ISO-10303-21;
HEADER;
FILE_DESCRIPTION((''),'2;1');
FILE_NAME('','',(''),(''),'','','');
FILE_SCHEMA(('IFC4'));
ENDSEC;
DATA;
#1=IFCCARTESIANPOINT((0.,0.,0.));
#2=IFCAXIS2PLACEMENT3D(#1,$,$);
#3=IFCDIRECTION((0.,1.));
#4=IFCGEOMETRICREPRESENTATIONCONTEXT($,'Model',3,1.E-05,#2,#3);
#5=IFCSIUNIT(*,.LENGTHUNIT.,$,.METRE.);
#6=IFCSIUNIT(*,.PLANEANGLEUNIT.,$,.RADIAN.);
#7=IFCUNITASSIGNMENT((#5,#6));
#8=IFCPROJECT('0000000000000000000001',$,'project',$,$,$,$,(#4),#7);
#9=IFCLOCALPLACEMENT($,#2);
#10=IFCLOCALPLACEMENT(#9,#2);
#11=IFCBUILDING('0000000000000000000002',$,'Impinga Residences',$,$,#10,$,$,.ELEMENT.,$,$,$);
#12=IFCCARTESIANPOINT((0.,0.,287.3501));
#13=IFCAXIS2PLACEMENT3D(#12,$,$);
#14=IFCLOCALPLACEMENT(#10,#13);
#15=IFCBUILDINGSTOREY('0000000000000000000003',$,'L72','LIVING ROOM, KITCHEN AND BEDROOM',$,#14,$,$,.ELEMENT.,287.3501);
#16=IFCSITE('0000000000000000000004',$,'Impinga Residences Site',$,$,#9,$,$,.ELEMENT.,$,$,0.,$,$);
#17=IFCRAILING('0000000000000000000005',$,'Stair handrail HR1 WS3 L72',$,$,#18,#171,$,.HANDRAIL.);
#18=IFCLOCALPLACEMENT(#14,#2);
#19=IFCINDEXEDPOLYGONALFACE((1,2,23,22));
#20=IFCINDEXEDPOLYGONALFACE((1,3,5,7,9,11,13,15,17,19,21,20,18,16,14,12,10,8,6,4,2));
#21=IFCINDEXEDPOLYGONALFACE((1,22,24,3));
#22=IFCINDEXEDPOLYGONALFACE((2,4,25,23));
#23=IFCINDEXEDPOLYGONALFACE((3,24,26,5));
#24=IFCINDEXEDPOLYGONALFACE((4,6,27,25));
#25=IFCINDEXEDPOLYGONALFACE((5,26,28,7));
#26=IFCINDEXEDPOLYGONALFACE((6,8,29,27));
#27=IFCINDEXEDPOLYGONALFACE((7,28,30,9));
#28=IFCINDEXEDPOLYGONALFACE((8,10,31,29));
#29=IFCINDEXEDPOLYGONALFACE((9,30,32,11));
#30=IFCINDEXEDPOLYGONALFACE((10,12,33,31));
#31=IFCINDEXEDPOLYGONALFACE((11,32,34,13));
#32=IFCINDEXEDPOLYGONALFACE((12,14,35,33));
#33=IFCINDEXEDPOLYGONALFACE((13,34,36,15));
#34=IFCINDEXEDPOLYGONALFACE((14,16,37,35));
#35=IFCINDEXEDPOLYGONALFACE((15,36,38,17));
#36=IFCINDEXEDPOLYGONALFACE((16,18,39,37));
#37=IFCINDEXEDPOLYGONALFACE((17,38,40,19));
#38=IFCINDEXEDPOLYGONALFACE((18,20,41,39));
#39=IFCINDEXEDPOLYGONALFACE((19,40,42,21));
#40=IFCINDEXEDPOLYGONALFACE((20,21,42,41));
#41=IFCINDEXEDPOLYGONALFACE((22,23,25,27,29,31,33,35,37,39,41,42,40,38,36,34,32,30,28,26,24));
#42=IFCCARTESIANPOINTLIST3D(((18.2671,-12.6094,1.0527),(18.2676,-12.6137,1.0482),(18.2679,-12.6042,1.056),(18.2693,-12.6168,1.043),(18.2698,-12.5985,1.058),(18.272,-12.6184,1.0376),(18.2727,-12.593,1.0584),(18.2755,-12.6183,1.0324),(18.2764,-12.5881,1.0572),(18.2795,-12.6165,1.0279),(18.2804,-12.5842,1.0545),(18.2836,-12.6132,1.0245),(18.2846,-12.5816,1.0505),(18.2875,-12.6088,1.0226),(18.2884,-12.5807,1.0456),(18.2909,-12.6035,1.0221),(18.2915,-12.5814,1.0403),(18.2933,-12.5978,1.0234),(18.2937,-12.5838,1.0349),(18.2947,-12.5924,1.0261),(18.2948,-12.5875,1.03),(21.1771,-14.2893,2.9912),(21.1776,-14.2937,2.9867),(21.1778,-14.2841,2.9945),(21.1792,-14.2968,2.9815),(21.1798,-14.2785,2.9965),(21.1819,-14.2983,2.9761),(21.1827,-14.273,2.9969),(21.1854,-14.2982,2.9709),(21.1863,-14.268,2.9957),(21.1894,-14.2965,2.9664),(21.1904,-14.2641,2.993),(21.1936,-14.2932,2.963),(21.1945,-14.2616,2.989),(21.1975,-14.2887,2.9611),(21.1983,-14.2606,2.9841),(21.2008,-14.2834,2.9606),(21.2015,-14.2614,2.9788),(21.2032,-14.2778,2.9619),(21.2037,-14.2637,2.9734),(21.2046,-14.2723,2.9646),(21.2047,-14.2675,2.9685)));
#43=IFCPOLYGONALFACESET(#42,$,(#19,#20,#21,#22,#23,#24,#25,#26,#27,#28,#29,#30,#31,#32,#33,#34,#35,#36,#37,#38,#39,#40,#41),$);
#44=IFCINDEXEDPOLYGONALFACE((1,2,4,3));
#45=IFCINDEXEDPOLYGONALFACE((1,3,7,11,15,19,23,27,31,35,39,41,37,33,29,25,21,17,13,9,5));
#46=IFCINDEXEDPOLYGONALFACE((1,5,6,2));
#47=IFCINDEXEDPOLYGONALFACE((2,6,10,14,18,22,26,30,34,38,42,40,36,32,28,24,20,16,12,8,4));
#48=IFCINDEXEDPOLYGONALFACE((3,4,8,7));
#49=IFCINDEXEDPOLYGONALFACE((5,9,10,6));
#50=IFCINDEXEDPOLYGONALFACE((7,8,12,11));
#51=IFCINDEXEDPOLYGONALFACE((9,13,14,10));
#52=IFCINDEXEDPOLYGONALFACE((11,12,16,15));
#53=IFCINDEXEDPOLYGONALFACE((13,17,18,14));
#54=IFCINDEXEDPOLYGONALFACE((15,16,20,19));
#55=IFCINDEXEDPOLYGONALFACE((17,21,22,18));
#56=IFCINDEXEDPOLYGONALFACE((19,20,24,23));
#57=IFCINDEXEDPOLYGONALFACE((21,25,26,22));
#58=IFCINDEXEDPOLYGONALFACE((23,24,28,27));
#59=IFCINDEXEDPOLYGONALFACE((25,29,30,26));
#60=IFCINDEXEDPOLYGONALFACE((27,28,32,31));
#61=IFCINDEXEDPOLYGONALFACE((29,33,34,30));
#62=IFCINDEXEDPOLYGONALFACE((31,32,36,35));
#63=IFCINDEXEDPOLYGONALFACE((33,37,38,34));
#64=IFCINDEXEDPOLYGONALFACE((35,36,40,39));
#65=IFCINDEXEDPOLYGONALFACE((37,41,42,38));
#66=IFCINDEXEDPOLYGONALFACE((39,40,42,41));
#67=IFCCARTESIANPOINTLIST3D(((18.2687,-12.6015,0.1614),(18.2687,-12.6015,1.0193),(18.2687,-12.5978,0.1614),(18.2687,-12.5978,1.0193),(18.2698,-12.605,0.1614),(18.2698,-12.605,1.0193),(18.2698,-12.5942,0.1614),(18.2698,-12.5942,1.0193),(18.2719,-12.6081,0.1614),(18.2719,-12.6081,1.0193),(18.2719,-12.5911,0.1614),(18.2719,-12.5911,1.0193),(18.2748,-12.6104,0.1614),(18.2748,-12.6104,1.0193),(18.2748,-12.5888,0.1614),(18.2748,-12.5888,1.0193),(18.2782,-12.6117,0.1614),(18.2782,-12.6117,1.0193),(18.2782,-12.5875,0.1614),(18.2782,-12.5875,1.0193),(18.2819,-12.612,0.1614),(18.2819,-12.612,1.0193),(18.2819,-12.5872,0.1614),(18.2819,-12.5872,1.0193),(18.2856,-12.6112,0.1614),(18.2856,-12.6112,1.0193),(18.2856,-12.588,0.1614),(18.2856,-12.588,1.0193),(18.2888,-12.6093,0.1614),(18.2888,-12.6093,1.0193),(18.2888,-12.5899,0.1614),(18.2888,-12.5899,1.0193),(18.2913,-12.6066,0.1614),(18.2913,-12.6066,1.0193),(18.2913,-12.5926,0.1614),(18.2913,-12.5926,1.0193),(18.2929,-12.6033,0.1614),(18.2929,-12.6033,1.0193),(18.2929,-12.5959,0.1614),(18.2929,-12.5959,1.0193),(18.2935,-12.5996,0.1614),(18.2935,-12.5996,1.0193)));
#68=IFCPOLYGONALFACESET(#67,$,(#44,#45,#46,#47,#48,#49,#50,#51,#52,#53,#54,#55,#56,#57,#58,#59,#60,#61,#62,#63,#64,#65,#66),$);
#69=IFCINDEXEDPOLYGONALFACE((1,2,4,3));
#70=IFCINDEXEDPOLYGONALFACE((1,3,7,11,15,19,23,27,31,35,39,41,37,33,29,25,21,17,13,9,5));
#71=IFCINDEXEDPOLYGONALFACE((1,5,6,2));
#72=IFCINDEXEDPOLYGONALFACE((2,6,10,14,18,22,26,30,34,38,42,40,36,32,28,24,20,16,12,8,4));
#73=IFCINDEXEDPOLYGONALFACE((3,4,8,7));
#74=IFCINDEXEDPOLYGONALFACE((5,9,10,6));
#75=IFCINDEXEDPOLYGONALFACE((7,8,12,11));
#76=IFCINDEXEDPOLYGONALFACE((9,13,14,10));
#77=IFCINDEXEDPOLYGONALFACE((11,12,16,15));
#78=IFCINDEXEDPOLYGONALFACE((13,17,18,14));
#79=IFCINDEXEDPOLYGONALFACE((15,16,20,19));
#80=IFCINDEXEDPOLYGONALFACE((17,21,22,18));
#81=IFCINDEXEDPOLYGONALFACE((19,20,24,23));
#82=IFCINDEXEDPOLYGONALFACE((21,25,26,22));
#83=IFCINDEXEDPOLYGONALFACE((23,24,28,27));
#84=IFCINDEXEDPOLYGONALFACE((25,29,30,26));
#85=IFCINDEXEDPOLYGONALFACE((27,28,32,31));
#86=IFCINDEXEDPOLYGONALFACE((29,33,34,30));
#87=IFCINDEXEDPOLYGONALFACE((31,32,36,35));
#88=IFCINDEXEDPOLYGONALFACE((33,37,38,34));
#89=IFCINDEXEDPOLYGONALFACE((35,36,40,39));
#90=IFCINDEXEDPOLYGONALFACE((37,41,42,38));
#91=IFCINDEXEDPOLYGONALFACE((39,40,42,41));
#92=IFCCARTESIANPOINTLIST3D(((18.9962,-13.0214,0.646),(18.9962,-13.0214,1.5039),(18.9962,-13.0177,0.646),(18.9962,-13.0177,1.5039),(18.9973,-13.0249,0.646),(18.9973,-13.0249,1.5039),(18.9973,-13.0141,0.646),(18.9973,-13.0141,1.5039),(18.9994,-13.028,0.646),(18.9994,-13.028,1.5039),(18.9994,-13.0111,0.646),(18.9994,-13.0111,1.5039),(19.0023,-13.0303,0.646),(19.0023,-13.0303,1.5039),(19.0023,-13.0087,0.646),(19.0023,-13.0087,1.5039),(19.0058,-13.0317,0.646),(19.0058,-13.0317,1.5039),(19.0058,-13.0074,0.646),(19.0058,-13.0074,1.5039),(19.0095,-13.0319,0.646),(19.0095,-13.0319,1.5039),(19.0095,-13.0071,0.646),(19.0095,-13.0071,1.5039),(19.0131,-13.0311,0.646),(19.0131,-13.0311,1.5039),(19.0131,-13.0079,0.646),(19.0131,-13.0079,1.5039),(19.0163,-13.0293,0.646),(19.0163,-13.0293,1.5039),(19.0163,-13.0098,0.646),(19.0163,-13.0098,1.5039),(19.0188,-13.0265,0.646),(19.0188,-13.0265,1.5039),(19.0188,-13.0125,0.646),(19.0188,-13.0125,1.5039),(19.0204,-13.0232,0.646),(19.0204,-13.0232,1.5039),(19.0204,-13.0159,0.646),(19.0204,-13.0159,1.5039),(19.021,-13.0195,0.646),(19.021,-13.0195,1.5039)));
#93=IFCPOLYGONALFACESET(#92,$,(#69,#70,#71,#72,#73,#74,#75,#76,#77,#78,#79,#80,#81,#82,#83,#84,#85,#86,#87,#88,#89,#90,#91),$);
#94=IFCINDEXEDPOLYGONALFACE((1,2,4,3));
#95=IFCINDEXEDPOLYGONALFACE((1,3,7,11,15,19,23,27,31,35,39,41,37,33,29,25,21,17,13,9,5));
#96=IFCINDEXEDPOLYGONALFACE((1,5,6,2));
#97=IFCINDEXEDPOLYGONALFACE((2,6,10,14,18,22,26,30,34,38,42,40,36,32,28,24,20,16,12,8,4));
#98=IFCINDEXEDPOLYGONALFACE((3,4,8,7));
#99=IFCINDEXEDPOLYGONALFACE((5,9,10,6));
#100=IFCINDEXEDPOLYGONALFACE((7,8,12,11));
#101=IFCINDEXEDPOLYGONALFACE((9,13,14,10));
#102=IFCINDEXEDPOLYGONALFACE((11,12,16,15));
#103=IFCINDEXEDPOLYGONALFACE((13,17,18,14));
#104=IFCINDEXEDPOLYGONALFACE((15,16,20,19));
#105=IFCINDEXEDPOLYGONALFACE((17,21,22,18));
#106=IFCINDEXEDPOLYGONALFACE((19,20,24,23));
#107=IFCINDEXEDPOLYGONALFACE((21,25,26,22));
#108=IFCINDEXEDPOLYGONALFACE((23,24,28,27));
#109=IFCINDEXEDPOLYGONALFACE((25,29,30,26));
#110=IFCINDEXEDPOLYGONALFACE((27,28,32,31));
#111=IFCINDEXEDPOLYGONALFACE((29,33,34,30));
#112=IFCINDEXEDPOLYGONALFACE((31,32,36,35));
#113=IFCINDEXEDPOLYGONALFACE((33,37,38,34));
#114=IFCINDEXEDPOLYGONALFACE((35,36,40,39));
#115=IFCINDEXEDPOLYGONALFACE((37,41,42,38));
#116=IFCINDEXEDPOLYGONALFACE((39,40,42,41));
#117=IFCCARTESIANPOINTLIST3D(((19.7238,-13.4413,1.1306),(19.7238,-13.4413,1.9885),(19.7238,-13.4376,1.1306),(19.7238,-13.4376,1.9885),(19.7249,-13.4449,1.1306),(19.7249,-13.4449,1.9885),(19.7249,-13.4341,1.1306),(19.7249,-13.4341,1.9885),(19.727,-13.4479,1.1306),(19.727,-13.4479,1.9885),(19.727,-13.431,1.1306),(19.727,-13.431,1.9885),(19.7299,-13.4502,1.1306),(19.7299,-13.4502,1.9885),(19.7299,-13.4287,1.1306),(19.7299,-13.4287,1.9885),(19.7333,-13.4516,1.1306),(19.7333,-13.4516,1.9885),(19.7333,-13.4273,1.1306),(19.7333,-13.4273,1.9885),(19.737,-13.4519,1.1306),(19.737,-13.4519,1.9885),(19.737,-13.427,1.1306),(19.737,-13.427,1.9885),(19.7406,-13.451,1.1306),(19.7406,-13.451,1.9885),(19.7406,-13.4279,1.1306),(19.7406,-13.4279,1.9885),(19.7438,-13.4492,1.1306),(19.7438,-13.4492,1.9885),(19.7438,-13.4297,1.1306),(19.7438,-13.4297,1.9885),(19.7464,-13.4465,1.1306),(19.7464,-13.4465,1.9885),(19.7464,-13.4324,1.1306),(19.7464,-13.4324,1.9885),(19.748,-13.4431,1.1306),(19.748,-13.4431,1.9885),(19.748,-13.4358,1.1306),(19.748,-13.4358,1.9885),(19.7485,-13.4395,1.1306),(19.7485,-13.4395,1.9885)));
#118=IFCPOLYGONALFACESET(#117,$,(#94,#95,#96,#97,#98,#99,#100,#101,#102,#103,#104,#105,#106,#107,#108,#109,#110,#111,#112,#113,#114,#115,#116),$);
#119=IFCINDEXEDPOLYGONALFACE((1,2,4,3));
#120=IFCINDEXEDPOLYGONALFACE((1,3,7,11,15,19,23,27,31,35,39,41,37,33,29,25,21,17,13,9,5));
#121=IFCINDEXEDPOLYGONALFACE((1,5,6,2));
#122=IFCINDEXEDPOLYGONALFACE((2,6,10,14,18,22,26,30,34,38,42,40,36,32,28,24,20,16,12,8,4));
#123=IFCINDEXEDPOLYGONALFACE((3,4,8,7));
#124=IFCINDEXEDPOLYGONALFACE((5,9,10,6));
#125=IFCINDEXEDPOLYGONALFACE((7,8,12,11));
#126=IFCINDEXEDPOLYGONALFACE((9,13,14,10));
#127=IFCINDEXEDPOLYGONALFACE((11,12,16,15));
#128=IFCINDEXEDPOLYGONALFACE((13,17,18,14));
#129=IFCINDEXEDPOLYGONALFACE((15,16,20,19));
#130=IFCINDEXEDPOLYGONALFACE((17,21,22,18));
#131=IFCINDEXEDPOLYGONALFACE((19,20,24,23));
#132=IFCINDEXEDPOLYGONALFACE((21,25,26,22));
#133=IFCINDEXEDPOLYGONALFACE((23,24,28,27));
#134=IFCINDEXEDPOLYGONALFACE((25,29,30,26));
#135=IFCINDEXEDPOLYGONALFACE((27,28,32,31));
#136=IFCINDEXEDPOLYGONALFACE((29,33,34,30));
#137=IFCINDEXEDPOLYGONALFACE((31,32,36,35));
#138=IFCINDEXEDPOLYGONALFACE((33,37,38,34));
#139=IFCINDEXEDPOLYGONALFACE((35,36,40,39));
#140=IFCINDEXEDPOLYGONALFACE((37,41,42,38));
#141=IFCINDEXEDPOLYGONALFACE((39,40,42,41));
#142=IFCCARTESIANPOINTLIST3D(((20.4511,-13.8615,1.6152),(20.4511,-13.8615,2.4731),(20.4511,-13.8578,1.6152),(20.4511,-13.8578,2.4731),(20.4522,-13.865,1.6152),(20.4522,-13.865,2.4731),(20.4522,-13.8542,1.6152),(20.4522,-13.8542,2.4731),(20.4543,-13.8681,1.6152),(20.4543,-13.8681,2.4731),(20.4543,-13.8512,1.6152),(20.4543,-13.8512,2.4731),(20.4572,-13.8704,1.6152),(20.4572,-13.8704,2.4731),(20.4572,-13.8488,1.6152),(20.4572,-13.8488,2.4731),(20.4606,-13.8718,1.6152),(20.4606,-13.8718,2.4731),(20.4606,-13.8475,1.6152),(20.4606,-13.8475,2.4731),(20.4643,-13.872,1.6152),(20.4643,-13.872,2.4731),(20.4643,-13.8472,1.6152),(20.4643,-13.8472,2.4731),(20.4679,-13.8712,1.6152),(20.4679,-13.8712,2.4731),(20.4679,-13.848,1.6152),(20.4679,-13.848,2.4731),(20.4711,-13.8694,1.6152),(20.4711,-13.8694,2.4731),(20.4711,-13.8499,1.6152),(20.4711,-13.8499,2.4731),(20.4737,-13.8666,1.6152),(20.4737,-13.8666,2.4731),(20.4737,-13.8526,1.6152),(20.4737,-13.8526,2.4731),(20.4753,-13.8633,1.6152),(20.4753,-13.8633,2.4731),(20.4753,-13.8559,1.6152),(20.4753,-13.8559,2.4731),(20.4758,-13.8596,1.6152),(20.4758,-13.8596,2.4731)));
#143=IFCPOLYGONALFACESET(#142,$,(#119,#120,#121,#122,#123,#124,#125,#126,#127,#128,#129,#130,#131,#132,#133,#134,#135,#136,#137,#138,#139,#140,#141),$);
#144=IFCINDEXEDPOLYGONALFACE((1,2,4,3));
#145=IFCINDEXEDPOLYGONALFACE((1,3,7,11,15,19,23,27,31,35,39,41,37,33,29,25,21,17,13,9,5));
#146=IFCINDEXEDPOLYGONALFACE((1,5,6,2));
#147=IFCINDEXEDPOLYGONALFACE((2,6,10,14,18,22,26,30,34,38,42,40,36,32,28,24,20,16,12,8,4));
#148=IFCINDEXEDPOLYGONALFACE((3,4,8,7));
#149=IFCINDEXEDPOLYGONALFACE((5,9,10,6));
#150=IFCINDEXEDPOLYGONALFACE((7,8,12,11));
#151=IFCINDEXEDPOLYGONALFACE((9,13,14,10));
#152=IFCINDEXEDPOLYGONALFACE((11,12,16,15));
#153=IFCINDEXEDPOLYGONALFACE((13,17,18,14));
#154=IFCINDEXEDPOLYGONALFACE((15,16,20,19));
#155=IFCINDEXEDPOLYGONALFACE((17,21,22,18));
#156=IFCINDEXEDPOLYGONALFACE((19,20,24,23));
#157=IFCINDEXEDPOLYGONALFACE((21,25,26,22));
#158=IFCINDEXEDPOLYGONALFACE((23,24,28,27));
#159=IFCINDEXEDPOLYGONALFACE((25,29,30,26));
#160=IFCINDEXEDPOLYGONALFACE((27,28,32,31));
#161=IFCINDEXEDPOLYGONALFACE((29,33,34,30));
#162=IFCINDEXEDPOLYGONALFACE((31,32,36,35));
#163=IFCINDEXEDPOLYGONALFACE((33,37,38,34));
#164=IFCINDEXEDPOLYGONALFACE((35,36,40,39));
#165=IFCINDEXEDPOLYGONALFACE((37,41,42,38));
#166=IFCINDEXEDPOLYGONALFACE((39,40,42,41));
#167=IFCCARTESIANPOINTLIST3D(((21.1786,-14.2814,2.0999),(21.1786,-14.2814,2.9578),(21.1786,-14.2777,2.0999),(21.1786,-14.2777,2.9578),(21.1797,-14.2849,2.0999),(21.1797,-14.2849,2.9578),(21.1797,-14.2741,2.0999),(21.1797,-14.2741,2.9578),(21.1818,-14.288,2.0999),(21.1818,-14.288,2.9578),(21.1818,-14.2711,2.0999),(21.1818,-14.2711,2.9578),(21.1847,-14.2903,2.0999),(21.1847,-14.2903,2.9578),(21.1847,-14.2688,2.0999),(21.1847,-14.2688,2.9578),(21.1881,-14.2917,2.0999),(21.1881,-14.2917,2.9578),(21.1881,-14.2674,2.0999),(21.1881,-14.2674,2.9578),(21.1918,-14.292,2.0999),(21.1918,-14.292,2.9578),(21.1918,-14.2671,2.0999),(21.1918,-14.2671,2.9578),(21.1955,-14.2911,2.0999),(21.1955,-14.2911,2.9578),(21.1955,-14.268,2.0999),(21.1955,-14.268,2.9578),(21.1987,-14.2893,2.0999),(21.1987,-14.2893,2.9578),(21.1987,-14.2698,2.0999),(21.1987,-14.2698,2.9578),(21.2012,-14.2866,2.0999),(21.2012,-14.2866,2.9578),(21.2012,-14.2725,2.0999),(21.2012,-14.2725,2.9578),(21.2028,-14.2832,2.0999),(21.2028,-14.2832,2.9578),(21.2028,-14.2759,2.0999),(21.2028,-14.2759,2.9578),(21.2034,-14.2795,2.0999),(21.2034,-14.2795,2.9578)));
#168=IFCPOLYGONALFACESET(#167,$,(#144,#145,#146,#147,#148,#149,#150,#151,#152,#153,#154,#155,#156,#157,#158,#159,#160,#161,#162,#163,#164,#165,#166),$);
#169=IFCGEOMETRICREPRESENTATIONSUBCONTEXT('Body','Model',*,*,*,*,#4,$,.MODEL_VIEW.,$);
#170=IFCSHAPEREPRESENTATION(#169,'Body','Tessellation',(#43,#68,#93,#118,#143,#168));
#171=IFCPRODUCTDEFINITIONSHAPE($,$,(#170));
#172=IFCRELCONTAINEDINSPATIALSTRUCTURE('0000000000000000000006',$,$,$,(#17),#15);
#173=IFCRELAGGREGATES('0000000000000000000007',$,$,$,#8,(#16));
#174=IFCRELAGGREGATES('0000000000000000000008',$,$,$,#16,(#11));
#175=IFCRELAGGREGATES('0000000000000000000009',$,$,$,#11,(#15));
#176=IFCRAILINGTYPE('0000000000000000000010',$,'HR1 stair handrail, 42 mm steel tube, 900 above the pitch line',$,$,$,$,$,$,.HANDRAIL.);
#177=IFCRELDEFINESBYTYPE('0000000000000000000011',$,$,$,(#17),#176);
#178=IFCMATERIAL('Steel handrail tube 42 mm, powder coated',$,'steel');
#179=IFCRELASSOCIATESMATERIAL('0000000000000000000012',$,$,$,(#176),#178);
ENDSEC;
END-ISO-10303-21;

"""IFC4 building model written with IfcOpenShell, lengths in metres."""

from ifc_helpers import new_model, si_unit, direction, frame, origin, origin_2d, place, context, subcontext, project, spatial, circle, extrude, material, type_object, element, save


model = new_model("IFC4")

# Units and contexts
model_context = context("Model", 3, precision=1e-05, world=origin(), true_north=direction((0.0, 1.0)))
body_context = subcontext(model_context, "Body", "Model", "MODEL_VIEW")
ifc_project = project(units=[si_unit("LENGTHUNIT", "METRE"), si_unit("PLANEANGLEUNIT", "RADIAN")], contexts=[model_context])

# Site, building, storey
site_placement = place(None, origin())
site = spatial("IfcSite", under=ifc_project, at=site_placement, Name="Impinga Residences Site", CompositionType="ELEMENT", RefElevation=0.0)
building_placement = place(site_placement, origin())
building = spatial("IfcBuilding", under=site, at=building_placement, Name="Impinga Residences", CompositionType="ELEMENT")
storey_placement = place(building_placement, frame((0.0, 0.0, 287.3501)))
storey = spatial("IfcBuildingStorey", under=building, at=storey_placement, Name="L72", Description="LIVING ROOM, KITCHEN AND BEDROOM", CompositionType="ELEMENT", Elevation=287.3501)

# Railing
ifc_material_1 = material(Name="Steel handrail tube 42 mm, powder coated", Category="steel")
railing_type_1 = type_object("IfcRailingType", Name="HR1 stair handrail, 42 mm steel tube, 900 above the pitch line", PredefinedType="HANDRAIL", material=ifc_material_1)
railing_1_placement = place(storey_placement, frame((18.281, -12.5996, 0.1614)))
element("IfcRailing", 1, at=railing_1_placement, inside=storey, type_object=railing_type_1, Name="Stair handrail HR1 WS3 L72", PredefinedType="HANDRAIL", context=body_context, shape_type="SweptSolid", body=[
    extrude(circle(Radius=0.021, at=origin_2d()), frame((0.0, 0.0, 0.8789), z_axis=(0.750151, -0.433072, 0.499723), x_axis=(0.499976, 0.866039, 0.0)), (0.0, 0.0, 1.0), 3.8792),
    extrude(circle(Radius=0.0125, at=origin_2d()), origin(), (0.0, 0.0, 1.0), 0.8579),
    extrude(circle(Radius=0.0125, at=origin_2d()), frame((0.7275, -0.4199, 0.4846)), (0.0, 0.0, 1.0), 0.8579),
    extrude(circle(Radius=0.0125, at=origin_2d()), frame((1.4551, -0.8398, 0.9692)), (0.0, 0.0, 1.0), 0.8579),
    extrude(circle(Radius=0.0125, at=origin_2d()), frame((2.1824, -1.26, 1.4539)), (0.0, 0.0, 1.0), 0.8579),
    extrude(circle(Radius=0.0125, at=origin_2d()), frame((2.9099, -1.6799, 1.9385)), (0.0, 0.0, 1.0), 0.8579),
])

save(model, "model.ifc")
